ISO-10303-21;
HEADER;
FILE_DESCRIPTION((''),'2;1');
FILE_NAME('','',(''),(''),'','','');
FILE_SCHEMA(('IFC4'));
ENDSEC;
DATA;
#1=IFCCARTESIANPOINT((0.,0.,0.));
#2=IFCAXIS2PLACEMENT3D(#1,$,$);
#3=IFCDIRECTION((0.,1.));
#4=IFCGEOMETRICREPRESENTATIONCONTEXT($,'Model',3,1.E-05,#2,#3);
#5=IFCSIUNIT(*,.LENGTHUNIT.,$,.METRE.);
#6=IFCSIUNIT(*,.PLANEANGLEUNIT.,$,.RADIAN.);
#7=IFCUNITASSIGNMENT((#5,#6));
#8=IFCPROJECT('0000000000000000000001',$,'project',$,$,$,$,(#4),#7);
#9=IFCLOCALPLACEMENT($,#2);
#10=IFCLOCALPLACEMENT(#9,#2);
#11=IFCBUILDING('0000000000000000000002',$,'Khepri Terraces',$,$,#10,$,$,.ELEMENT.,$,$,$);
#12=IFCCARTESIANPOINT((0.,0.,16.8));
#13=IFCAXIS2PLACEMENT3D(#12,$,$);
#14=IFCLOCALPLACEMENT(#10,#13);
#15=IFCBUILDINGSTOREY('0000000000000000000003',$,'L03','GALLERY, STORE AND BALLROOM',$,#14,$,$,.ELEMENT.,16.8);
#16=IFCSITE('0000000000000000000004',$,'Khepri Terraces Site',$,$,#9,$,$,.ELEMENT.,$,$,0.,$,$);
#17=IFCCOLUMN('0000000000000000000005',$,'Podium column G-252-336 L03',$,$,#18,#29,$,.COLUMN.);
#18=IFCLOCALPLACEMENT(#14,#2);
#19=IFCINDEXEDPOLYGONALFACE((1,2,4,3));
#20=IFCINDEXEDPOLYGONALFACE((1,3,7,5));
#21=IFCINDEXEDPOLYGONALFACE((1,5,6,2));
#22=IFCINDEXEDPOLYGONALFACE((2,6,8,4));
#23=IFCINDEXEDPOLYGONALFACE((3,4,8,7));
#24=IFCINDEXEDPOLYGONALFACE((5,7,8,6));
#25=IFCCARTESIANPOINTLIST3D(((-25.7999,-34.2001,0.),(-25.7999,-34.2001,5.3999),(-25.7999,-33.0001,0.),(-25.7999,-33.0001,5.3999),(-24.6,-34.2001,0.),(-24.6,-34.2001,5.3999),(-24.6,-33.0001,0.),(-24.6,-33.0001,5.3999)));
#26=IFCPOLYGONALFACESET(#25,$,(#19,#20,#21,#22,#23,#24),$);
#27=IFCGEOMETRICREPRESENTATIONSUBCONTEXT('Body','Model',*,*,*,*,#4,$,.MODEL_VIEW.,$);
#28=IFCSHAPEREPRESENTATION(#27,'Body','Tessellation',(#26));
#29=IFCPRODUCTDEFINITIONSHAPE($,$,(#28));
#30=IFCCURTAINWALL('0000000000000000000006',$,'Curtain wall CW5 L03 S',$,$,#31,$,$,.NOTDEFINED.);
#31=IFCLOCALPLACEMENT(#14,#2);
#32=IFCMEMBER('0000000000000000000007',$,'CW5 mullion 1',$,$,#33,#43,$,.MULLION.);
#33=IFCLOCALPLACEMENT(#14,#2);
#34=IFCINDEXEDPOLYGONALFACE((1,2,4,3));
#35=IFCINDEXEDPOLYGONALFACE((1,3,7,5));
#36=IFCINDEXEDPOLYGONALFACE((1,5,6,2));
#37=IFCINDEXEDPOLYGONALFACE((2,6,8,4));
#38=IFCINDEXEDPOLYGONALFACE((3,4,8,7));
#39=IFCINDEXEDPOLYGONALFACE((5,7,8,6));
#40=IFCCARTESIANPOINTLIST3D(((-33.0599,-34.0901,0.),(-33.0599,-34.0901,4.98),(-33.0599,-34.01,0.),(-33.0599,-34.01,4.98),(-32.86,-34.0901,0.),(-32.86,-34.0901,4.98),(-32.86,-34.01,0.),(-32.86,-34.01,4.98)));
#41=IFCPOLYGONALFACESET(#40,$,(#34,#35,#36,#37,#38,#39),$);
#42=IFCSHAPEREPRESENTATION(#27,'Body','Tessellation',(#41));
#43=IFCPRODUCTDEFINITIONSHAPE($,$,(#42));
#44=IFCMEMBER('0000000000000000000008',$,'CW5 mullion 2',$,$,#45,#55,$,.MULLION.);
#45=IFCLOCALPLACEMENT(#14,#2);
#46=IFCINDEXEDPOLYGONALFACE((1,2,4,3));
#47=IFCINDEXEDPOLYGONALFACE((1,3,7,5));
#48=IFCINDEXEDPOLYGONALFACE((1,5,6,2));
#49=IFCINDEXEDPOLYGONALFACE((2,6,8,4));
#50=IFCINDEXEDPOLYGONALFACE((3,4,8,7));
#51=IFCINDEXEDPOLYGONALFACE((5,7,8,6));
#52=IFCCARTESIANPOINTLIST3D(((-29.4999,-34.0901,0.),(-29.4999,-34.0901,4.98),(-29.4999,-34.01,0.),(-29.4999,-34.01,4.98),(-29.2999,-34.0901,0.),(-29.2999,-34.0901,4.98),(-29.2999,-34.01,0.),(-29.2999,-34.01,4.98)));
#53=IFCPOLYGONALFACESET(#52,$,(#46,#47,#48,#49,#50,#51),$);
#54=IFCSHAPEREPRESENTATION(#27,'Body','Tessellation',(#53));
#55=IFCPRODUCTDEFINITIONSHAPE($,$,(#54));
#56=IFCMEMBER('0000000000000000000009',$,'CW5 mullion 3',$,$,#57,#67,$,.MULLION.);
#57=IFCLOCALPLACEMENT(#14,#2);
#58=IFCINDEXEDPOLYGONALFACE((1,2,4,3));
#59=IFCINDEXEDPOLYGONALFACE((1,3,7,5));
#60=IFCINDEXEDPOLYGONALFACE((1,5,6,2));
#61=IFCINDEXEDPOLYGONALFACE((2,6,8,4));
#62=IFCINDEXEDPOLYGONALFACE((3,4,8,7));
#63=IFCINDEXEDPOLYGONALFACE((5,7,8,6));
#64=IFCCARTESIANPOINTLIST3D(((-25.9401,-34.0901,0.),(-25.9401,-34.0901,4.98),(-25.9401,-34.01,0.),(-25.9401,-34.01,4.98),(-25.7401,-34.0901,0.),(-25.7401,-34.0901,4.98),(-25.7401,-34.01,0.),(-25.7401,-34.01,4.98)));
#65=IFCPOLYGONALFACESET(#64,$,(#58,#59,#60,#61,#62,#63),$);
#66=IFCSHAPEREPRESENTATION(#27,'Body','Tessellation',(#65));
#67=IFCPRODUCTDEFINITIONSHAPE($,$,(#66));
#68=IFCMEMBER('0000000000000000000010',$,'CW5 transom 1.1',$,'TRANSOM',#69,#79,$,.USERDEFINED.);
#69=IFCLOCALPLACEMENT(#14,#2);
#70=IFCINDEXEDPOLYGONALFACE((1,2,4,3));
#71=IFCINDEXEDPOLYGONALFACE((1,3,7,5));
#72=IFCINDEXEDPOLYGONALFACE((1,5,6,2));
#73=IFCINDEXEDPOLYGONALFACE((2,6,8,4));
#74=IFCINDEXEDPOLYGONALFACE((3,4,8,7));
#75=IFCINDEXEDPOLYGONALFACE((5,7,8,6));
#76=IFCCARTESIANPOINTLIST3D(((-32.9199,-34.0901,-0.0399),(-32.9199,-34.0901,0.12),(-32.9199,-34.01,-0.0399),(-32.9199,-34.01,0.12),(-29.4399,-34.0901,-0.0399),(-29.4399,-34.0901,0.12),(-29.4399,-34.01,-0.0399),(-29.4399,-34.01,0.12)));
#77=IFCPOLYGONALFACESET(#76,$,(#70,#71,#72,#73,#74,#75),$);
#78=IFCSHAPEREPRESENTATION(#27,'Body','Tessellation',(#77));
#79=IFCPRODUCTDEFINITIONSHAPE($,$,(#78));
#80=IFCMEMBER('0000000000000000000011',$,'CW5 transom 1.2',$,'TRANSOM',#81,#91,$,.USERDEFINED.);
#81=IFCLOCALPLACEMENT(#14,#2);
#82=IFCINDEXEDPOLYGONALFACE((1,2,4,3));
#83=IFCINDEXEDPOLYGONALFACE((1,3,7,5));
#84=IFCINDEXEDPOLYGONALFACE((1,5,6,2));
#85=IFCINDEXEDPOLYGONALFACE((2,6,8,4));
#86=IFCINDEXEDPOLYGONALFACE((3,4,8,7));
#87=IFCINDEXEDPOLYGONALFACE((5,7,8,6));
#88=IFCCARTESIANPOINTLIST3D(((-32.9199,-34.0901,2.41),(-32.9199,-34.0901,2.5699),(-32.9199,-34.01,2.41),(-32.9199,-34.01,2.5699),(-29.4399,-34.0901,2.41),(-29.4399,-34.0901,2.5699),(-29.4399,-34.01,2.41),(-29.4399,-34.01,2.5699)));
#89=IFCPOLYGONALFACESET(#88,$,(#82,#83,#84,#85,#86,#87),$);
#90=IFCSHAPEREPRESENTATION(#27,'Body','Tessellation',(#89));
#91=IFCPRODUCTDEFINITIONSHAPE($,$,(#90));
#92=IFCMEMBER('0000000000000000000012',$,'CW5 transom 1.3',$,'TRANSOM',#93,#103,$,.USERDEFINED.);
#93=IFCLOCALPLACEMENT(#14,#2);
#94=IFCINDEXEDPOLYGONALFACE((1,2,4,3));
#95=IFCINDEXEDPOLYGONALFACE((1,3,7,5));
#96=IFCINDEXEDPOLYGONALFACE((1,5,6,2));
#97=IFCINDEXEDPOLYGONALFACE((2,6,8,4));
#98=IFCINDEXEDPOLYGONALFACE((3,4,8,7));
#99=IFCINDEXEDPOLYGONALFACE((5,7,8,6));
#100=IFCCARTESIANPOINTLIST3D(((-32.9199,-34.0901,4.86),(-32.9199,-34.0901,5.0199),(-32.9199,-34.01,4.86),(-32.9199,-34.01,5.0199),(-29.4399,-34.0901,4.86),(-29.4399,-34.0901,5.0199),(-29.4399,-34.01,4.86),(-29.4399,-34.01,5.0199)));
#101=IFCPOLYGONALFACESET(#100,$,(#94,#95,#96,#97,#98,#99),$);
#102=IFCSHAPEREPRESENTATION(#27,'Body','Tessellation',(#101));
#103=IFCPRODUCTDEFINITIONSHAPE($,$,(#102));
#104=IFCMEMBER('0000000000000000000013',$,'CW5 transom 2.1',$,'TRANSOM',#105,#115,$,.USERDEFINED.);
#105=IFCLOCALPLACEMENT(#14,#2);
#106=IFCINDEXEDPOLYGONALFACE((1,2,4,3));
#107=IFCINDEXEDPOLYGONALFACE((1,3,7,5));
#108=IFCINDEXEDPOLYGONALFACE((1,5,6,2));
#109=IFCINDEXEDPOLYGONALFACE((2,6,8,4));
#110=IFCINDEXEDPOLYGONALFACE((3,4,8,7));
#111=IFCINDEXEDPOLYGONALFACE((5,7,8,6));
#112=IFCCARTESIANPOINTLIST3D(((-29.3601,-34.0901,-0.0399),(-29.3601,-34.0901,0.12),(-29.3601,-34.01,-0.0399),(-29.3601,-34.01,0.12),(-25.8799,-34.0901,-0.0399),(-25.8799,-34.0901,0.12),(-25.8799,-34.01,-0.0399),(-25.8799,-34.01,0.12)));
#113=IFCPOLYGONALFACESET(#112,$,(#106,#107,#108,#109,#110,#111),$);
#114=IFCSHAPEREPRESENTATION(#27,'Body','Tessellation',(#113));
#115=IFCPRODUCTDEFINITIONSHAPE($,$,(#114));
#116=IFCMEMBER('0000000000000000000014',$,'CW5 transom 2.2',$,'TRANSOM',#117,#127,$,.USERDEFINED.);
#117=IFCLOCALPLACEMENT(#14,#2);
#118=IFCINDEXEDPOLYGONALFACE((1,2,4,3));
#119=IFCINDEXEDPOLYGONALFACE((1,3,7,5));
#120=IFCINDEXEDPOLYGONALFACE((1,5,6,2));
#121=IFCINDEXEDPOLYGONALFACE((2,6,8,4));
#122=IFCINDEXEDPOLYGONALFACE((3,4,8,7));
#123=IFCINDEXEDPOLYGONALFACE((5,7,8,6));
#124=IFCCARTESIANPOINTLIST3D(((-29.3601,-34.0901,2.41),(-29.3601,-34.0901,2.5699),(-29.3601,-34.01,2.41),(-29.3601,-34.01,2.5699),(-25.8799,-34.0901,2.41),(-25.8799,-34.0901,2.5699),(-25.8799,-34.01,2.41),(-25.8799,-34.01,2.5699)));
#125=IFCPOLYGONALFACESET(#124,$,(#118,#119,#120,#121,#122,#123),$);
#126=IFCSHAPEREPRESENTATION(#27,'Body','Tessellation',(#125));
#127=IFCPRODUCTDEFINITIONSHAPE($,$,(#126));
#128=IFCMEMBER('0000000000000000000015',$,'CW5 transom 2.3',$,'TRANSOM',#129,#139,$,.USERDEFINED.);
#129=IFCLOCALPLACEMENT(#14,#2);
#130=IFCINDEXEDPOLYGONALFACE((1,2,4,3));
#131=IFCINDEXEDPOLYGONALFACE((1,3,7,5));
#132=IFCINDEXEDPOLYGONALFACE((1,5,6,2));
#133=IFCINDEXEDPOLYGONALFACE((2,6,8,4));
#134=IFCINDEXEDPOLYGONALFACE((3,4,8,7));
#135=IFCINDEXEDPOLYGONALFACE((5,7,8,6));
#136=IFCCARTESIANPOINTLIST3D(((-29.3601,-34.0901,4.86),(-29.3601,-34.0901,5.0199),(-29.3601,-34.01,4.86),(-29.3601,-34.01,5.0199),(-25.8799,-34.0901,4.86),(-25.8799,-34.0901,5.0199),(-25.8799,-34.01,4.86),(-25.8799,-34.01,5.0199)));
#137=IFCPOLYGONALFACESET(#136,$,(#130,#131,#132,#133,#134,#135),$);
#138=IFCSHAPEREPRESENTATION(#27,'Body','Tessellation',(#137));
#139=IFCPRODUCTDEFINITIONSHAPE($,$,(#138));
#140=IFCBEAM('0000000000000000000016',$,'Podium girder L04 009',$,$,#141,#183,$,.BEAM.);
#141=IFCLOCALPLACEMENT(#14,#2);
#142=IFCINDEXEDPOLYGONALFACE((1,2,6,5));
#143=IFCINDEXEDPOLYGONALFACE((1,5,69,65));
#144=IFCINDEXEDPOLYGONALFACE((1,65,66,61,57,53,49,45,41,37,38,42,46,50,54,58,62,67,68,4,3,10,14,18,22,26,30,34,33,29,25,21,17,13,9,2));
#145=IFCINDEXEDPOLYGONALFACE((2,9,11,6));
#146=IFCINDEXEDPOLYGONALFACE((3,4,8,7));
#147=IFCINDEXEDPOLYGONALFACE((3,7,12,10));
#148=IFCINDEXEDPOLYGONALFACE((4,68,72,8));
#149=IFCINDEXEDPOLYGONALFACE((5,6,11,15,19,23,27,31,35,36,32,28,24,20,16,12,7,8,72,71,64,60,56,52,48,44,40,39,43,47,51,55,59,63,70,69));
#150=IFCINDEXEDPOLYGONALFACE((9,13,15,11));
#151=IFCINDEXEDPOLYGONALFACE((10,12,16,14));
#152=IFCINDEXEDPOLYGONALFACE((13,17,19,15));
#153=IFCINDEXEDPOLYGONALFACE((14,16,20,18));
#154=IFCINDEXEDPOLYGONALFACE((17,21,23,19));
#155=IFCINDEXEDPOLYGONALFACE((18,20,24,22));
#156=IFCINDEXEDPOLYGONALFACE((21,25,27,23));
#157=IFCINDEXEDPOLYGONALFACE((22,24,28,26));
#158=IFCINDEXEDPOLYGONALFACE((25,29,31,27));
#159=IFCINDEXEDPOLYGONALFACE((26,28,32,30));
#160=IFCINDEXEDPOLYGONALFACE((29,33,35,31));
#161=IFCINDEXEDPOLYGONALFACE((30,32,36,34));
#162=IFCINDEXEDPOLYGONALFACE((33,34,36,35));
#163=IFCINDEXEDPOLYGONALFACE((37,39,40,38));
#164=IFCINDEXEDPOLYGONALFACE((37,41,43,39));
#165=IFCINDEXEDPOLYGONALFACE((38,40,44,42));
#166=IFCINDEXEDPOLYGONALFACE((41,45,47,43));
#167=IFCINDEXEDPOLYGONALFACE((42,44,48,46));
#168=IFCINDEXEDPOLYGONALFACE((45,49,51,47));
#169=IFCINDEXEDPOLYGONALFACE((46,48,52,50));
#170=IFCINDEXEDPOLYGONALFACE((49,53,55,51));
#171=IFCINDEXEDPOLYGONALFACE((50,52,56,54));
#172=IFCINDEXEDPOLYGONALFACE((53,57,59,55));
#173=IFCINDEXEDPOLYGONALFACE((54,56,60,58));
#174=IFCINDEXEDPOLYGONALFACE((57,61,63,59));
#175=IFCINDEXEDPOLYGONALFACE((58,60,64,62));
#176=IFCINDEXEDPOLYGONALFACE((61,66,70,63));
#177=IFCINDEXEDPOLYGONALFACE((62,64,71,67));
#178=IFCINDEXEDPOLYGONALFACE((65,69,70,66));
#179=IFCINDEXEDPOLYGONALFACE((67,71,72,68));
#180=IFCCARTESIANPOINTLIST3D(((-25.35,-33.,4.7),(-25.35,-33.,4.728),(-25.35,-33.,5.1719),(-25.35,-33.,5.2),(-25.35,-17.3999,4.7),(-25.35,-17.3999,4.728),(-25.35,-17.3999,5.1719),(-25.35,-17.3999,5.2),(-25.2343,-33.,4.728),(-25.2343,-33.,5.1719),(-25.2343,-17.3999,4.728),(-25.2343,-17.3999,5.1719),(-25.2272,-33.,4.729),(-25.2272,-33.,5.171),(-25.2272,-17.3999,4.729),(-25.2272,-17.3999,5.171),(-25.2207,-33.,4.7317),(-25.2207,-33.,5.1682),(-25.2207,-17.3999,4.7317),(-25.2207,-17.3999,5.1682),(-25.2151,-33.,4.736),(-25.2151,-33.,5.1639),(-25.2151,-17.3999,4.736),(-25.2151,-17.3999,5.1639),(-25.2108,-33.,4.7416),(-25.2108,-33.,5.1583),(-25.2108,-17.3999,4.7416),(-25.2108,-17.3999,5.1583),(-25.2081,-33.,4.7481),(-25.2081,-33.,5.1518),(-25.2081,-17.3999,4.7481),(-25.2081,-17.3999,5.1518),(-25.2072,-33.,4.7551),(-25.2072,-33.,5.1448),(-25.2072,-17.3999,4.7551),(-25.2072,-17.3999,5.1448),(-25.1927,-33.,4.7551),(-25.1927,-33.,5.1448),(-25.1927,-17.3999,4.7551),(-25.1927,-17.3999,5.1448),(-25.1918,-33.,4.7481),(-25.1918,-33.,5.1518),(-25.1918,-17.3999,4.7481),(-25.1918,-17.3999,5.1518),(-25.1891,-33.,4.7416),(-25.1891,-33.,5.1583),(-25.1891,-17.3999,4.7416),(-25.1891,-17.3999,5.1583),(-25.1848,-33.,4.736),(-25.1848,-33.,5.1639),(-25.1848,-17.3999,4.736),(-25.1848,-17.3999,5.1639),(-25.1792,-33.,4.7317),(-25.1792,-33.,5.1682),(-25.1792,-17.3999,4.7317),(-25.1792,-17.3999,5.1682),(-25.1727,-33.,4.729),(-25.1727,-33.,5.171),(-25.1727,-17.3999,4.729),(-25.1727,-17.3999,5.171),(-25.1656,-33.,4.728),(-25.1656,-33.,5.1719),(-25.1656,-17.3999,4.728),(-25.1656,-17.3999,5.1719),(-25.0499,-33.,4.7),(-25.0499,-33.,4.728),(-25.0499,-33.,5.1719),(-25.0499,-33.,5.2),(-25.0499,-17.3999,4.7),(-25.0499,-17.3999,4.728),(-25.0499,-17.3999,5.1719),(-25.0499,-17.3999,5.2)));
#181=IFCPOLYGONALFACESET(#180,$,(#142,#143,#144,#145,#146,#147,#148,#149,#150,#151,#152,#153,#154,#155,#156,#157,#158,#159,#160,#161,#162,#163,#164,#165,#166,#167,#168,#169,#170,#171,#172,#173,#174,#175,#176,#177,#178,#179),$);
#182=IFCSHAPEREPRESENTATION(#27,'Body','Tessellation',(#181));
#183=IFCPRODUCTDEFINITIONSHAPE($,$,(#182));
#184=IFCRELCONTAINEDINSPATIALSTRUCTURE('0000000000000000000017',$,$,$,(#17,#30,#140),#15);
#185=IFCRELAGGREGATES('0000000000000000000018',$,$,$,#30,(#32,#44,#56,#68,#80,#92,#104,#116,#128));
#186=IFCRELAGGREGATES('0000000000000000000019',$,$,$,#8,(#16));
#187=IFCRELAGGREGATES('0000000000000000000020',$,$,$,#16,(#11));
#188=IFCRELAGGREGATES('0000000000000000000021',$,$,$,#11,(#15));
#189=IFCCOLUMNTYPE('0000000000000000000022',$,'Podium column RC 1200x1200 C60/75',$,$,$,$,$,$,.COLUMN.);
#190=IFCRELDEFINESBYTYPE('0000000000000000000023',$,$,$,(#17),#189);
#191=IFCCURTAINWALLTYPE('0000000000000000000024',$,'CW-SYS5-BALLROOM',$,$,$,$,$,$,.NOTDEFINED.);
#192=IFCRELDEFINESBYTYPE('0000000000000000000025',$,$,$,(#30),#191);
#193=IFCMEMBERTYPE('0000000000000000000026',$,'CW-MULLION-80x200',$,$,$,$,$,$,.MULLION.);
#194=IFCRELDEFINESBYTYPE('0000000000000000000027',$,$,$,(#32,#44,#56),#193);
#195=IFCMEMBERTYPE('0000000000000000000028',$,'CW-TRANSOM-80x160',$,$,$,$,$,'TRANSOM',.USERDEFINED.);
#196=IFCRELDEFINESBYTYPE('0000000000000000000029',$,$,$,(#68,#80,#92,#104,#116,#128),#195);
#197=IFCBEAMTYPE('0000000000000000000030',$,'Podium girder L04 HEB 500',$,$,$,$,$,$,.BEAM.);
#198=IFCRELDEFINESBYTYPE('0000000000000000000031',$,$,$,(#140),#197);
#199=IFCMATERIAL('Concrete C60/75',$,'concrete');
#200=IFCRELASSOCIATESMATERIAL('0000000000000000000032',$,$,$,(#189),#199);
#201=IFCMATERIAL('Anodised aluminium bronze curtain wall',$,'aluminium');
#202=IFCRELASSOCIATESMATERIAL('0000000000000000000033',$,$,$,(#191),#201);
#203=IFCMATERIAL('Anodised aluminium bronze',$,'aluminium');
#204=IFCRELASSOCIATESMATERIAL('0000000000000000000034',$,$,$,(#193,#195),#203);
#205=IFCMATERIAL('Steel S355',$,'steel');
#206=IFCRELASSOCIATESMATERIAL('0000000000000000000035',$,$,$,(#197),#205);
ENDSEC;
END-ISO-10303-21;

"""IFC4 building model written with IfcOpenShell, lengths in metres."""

from ifc_helpers import new_model, si_unit, direction, frame, origin, origin_2d, place, context, subcontext, project, spatial, rectangle, i_section, extrude, material, material_profile, profile_set, type_object, element, aggregate, save


model = new_model("IFC4")

# Units and contexts
model_context = context("Model", 3, precision=1e-05, world=origin(), true_north=direction((0.0, 1.0)))
body_context = subcontext(model_context, "Body", "Model", "MODEL_VIEW")
ifc_project = project(units=[si_unit("LENGTHUNIT", "METRE"), si_unit("PLANEANGLEUNIT", "RADIAN")], contexts=[model_context])

# Site, building, storey
site_placement = place(None, origin())
site = spatial("IfcSite", under=ifc_project, at=site_placement, Name="Khepri Terraces Site", CompositionType="ELEMENT", RefElevation=0.0)
building_placement = place(site_placement, origin())
building = spatial("IfcBuilding", under=site, at=building_placement, Name="Khepri Terraces", CompositionType="ELEMENT")
storey_placement = place(building_placement, frame((0.0, 0.0, 16.8)))
storey = spatial("IfcBuildingStorey", under=building, at=storey_placement, Name="L03", Description="GALLERY, STORE AND BALLROOM", CompositionType="ELEMENT", Elevation=16.8)

# Column
ifc_material_1 = material(Name="Concrete C60/75", Category="concrete")
ifc_material_profile_1 = material_profile(ifc_material_1, rectangle(XDim=1.2, YDim=1.2, at=origin_2d()), Name="Concrete C60/75", Category="concrete")
ifc_profile_set_1 = profile_set([ifc_material_profile_1], Name="Concrete C60/75")
column_type = type_object("IfcColumnType", Name="Podium column RC 1200x1200 C60/75", PredefinedType="COLUMN", material=ifc_profile_set_1)
column_placement = place(storey_placement, frame((-25.2, -33.6001, 0.0), z_axis=(0.0, 0.0, 1.0), x_axis=(1.0, 0.0, 0.0)))
element("IfcColumn", 1, at=column_placement, inside=storey, type_object=column_type, Name="Podium column G-252-336 L03", PredefinedType="COLUMN", context=body_context, shape_type="SweptSolid", body=[
    extrude(rectangle(XDim=1.2, YDim=1.2, at=origin_2d()), origin(), (0.0, 0.0, 1.0), 5.3999),
])

# Curtain wall, members
ifc_material_2 = material(Name="Anodised aluminium bronze curtain wall", Category="aluminium")
curtain_wall_type = type_object("IfcCurtainWallType", Name="CW-SYS5-BALLROOM", PredefinedType="NOTDEFINED", material=ifc_material_2)
curtain_wall_placement = place(storey_placement, origin())
curtain_wall = element("IfcCurtainWall", 2, at=curtain_wall_placement, inside=storey, type_object=curtain_wall_type, Name="Curtain wall CW5 L03 S", PredefinedType="NOTDEFINED")
ifc_material_3 = material(Name="Anodised aluminium bronze", Category="aluminium")
ifc_material_profile_2 = material_profile(ifc_material_3, rectangle(XDim=0.0801, YDim=0.2, at=origin_2d()), Name="Anodised aluminium bronze", Category="aluminium")
ifc_profile_set_2 = profile_set([ifc_material_profile_2], Name="Anodised aluminium bronze")
member_type_1 = type_object("IfcMemberType", Name="CW-MULLION-80x200", PredefinedType="MULLION", material=ifc_profile_set_2)
member_1_placement = place(storey_placement, frame((-32.96, -34.05, 0.0), z_axis=(0.0, 0.0, 1.0), x_axis=(0.0, 1.0, 0.0)))
member_1 = element("IfcMember", 3, at=member_1_placement, type_object=member_type_1, Name="CW5 mullion 1", PredefinedType="MULLION", context=body_context, shape_type="SweptSolid", body=[
    extrude(rectangle(XDim=0.0801, YDim=0.2, at=origin_2d()), origin(), (0.0, 0.0, 1.0), 4.98),
])
member_2_placement = place(storey_placement, frame((-29.3999, -34.05, 0.0), z_axis=(0.0, 0.0, 1.0), x_axis=(0.0, 1.0, 0.0)))
member_2 = element("IfcMember", 4, at=member_2_placement, type_object=member_type_1, Name="CW5 mullion 2", PredefinedType="MULLION", context=body_context, shape_type="SweptSolid", body=[
    extrude(rectangle(XDim=0.0801, YDim=0.2, at=origin_2d()), origin(), (0.0, 0.0, 1.0), 4.98),
])
member_3_placement = place(storey_placement, frame((-25.8401, -34.05, 0.0), z_axis=(0.0, 0.0, 1.0), x_axis=(0.0, 1.0, 0.0)))
member_3 = element("IfcMember", 5, at=member_3_placement, type_object=member_type_1, Name="CW5 mullion 3", PredefinedType="MULLION", context=body_context, shape_type="SweptSolid", body=[
    extrude(rectangle(XDim=0.0801, YDim=0.2, at=origin_2d()), origin(), (0.0, 0.0, 1.0), 4.98),
])
ifc_material_profile_3 = material_profile(ifc_material_3, rectangle(XDim=0.0801, YDim=0.1599, at=origin_2d()), Name="Anodised aluminium bronze", Category="aluminium")
ifc_profile_set_3 = profile_set([ifc_material_profile_3], Name="Anodised aluminium bronze")
member_type_2 = type_object("IfcMemberType", Name="CW-TRANSOM-80x160", ElementType="TRANSOM", PredefinedType="USERDEFINED", material=ifc_profile_set_3)
member_4_placement = place(storey_placement, frame((-32.9199, -34.05, 0.04), z_axis=(1.0, 0.0, 0.0), x_axis=(0.0, 1.0, 0.0)))
member_4 = element("IfcMember", 6, at=member_4_placement, type_object=member_type_2, Name="CW5 transom 1.1", ObjectType="TRANSOM", PredefinedType="USERDEFINED", context=body_context, shape_type="SweptSolid", body=[
    extrude(rectangle(XDim=0.0801, YDim=0.1599, at=origin_2d()), origin(), (0.0, 0.0, 1.0), 3.48),
])
member_5_placement = place(storey_placement, frame((-32.9199, -34.05, 2.49), z_axis=(1.0, 0.0, 0.0), x_axis=(0.0, 1.0, 0.0)))
member_5 = element("IfcMember", 7, at=member_5_placement, type_object=member_type_2, Name="CW5 transom 1.2", ObjectType="TRANSOM", PredefinedType="USERDEFINED", context=body_context, shape_type="SweptSolid", body=[
    extrude(rectangle(XDim=0.0801, YDim=0.1599, at=origin_2d()), origin(), (0.0, 0.0, 1.0), 3.48),
])
member_6_placement = place(storey_placement, frame((-32.9199, -34.05, 4.9399), z_axis=(1.0, 0.0, 0.0), x_axis=(0.0, 1.0, 0.0)))
member_6 = element("IfcMember", 8, at=member_6_placement, type_object=member_type_2, Name="CW5 transom 1.3", ObjectType="TRANSOM", PredefinedType="USERDEFINED", context=body_context, shape_type="SweptSolid", body=[
    extrude(rectangle(XDim=0.0801, YDim=0.1599, at=origin_2d()), origin(), (0.0, 0.0, 1.0), 3.48),
])
member_7_placement = place(storey_placement, frame((-29.3601, -34.05, 0.04), z_axis=(1.0, 0.0, 0.0), x_axis=(0.0, 1.0, 0.0)))
member_7 = element("IfcMember", 9, at=member_7_placement, type_object=member_type_2, Name="CW5 transom 2.1", ObjectType="TRANSOM", PredefinedType="USERDEFINED", context=body_context, shape_type="SweptSolid", body=[
    extrude(rectangle(XDim=0.0801, YDim=0.1599, at=origin_2d()), origin(), (0.0, 0.0, 1.0), 3.4802),
])
member_8_placement = place(storey_placement, frame((-29.3601, -34.05, 2.49), z_axis=(1.0, 0.0, 0.0), x_axis=(0.0, 1.0, 0.0)))
member_8 = element("IfcMember", 10, at=member_8_placement, type_object=member_type_2, Name="CW5 transom 2.2", ObjectType="TRANSOM", PredefinedType="USERDEFINED", context=body_context, shape_type="SweptSolid", body=[
    extrude(rectangle(XDim=0.0801, YDim=0.1599, at=origin_2d()), origin(), (0.0, 0.0, 1.0), 3.4802),
])
member_9_placement = place(storey_placement, frame((-29.3601, -34.05, 4.9399), z_axis=(1.0, 0.0, 0.0), x_axis=(0.0, 1.0, 0.0)))
member_9 = element("IfcMember", 11, at=member_9_placement, type_object=member_type_2, Name="CW5 transom 2.3", ObjectType="TRANSOM", PredefinedType="USERDEFINED", context=body_context, shape_type="SweptSolid", body=[
    extrude(rectangle(XDim=0.0801, YDim=0.1599, at=origin_2d()), origin(), (0.0, 0.0, 1.0), 3.4802),
])

# Beam
ifc_material_4 = material(Name="Steel S355", Category="steel")
ifc_material_profile_4 = material_profile(ifc_material_4, i_section(OverallWidth=0.3, OverallDepth=0.5, WebThickness=0.0144, FlangeThickness=0.0281, FilletRadius=0.0271, at=origin_2d()), Name="Steel S355", Category="steel")
ifc_profile_set_4 = profile_set([ifc_material_profile_4], Name="Steel S355")
beam_type_1 = type_object("IfcBeamType", Name="Podium girder L04 HEB 500", PredefinedType="BEAM", material=ifc_profile_set_4)
beam_1_placement = place(storey_placement, frame((-25.2, -33.0, 4.95), z_axis=(0.0, 1.0, 0.0), x_axis=(-1.0, 0.0, 0.0)))
element("IfcBeam", 12, at=beam_1_placement, inside=storey, type_object=beam_type_1, Name="Podium girder L04 009", PredefinedType="BEAM", context=body_context, shape_type="SweptSolid", body=[
    extrude(i_section(OverallWidth=0.3, OverallDepth=0.5, WebThickness=0.0144, FlangeThickness=0.0281, FilletRadius=0.0271, at=origin_2d()), origin(), (0.0, 0.0, 1.0), 15.6001),
])

aggregate(curtain_wall, [member_1, member_2, member_3, member_4, member_5, member_6, member_7, member_8, member_9])

save(model, "model.ifc")
